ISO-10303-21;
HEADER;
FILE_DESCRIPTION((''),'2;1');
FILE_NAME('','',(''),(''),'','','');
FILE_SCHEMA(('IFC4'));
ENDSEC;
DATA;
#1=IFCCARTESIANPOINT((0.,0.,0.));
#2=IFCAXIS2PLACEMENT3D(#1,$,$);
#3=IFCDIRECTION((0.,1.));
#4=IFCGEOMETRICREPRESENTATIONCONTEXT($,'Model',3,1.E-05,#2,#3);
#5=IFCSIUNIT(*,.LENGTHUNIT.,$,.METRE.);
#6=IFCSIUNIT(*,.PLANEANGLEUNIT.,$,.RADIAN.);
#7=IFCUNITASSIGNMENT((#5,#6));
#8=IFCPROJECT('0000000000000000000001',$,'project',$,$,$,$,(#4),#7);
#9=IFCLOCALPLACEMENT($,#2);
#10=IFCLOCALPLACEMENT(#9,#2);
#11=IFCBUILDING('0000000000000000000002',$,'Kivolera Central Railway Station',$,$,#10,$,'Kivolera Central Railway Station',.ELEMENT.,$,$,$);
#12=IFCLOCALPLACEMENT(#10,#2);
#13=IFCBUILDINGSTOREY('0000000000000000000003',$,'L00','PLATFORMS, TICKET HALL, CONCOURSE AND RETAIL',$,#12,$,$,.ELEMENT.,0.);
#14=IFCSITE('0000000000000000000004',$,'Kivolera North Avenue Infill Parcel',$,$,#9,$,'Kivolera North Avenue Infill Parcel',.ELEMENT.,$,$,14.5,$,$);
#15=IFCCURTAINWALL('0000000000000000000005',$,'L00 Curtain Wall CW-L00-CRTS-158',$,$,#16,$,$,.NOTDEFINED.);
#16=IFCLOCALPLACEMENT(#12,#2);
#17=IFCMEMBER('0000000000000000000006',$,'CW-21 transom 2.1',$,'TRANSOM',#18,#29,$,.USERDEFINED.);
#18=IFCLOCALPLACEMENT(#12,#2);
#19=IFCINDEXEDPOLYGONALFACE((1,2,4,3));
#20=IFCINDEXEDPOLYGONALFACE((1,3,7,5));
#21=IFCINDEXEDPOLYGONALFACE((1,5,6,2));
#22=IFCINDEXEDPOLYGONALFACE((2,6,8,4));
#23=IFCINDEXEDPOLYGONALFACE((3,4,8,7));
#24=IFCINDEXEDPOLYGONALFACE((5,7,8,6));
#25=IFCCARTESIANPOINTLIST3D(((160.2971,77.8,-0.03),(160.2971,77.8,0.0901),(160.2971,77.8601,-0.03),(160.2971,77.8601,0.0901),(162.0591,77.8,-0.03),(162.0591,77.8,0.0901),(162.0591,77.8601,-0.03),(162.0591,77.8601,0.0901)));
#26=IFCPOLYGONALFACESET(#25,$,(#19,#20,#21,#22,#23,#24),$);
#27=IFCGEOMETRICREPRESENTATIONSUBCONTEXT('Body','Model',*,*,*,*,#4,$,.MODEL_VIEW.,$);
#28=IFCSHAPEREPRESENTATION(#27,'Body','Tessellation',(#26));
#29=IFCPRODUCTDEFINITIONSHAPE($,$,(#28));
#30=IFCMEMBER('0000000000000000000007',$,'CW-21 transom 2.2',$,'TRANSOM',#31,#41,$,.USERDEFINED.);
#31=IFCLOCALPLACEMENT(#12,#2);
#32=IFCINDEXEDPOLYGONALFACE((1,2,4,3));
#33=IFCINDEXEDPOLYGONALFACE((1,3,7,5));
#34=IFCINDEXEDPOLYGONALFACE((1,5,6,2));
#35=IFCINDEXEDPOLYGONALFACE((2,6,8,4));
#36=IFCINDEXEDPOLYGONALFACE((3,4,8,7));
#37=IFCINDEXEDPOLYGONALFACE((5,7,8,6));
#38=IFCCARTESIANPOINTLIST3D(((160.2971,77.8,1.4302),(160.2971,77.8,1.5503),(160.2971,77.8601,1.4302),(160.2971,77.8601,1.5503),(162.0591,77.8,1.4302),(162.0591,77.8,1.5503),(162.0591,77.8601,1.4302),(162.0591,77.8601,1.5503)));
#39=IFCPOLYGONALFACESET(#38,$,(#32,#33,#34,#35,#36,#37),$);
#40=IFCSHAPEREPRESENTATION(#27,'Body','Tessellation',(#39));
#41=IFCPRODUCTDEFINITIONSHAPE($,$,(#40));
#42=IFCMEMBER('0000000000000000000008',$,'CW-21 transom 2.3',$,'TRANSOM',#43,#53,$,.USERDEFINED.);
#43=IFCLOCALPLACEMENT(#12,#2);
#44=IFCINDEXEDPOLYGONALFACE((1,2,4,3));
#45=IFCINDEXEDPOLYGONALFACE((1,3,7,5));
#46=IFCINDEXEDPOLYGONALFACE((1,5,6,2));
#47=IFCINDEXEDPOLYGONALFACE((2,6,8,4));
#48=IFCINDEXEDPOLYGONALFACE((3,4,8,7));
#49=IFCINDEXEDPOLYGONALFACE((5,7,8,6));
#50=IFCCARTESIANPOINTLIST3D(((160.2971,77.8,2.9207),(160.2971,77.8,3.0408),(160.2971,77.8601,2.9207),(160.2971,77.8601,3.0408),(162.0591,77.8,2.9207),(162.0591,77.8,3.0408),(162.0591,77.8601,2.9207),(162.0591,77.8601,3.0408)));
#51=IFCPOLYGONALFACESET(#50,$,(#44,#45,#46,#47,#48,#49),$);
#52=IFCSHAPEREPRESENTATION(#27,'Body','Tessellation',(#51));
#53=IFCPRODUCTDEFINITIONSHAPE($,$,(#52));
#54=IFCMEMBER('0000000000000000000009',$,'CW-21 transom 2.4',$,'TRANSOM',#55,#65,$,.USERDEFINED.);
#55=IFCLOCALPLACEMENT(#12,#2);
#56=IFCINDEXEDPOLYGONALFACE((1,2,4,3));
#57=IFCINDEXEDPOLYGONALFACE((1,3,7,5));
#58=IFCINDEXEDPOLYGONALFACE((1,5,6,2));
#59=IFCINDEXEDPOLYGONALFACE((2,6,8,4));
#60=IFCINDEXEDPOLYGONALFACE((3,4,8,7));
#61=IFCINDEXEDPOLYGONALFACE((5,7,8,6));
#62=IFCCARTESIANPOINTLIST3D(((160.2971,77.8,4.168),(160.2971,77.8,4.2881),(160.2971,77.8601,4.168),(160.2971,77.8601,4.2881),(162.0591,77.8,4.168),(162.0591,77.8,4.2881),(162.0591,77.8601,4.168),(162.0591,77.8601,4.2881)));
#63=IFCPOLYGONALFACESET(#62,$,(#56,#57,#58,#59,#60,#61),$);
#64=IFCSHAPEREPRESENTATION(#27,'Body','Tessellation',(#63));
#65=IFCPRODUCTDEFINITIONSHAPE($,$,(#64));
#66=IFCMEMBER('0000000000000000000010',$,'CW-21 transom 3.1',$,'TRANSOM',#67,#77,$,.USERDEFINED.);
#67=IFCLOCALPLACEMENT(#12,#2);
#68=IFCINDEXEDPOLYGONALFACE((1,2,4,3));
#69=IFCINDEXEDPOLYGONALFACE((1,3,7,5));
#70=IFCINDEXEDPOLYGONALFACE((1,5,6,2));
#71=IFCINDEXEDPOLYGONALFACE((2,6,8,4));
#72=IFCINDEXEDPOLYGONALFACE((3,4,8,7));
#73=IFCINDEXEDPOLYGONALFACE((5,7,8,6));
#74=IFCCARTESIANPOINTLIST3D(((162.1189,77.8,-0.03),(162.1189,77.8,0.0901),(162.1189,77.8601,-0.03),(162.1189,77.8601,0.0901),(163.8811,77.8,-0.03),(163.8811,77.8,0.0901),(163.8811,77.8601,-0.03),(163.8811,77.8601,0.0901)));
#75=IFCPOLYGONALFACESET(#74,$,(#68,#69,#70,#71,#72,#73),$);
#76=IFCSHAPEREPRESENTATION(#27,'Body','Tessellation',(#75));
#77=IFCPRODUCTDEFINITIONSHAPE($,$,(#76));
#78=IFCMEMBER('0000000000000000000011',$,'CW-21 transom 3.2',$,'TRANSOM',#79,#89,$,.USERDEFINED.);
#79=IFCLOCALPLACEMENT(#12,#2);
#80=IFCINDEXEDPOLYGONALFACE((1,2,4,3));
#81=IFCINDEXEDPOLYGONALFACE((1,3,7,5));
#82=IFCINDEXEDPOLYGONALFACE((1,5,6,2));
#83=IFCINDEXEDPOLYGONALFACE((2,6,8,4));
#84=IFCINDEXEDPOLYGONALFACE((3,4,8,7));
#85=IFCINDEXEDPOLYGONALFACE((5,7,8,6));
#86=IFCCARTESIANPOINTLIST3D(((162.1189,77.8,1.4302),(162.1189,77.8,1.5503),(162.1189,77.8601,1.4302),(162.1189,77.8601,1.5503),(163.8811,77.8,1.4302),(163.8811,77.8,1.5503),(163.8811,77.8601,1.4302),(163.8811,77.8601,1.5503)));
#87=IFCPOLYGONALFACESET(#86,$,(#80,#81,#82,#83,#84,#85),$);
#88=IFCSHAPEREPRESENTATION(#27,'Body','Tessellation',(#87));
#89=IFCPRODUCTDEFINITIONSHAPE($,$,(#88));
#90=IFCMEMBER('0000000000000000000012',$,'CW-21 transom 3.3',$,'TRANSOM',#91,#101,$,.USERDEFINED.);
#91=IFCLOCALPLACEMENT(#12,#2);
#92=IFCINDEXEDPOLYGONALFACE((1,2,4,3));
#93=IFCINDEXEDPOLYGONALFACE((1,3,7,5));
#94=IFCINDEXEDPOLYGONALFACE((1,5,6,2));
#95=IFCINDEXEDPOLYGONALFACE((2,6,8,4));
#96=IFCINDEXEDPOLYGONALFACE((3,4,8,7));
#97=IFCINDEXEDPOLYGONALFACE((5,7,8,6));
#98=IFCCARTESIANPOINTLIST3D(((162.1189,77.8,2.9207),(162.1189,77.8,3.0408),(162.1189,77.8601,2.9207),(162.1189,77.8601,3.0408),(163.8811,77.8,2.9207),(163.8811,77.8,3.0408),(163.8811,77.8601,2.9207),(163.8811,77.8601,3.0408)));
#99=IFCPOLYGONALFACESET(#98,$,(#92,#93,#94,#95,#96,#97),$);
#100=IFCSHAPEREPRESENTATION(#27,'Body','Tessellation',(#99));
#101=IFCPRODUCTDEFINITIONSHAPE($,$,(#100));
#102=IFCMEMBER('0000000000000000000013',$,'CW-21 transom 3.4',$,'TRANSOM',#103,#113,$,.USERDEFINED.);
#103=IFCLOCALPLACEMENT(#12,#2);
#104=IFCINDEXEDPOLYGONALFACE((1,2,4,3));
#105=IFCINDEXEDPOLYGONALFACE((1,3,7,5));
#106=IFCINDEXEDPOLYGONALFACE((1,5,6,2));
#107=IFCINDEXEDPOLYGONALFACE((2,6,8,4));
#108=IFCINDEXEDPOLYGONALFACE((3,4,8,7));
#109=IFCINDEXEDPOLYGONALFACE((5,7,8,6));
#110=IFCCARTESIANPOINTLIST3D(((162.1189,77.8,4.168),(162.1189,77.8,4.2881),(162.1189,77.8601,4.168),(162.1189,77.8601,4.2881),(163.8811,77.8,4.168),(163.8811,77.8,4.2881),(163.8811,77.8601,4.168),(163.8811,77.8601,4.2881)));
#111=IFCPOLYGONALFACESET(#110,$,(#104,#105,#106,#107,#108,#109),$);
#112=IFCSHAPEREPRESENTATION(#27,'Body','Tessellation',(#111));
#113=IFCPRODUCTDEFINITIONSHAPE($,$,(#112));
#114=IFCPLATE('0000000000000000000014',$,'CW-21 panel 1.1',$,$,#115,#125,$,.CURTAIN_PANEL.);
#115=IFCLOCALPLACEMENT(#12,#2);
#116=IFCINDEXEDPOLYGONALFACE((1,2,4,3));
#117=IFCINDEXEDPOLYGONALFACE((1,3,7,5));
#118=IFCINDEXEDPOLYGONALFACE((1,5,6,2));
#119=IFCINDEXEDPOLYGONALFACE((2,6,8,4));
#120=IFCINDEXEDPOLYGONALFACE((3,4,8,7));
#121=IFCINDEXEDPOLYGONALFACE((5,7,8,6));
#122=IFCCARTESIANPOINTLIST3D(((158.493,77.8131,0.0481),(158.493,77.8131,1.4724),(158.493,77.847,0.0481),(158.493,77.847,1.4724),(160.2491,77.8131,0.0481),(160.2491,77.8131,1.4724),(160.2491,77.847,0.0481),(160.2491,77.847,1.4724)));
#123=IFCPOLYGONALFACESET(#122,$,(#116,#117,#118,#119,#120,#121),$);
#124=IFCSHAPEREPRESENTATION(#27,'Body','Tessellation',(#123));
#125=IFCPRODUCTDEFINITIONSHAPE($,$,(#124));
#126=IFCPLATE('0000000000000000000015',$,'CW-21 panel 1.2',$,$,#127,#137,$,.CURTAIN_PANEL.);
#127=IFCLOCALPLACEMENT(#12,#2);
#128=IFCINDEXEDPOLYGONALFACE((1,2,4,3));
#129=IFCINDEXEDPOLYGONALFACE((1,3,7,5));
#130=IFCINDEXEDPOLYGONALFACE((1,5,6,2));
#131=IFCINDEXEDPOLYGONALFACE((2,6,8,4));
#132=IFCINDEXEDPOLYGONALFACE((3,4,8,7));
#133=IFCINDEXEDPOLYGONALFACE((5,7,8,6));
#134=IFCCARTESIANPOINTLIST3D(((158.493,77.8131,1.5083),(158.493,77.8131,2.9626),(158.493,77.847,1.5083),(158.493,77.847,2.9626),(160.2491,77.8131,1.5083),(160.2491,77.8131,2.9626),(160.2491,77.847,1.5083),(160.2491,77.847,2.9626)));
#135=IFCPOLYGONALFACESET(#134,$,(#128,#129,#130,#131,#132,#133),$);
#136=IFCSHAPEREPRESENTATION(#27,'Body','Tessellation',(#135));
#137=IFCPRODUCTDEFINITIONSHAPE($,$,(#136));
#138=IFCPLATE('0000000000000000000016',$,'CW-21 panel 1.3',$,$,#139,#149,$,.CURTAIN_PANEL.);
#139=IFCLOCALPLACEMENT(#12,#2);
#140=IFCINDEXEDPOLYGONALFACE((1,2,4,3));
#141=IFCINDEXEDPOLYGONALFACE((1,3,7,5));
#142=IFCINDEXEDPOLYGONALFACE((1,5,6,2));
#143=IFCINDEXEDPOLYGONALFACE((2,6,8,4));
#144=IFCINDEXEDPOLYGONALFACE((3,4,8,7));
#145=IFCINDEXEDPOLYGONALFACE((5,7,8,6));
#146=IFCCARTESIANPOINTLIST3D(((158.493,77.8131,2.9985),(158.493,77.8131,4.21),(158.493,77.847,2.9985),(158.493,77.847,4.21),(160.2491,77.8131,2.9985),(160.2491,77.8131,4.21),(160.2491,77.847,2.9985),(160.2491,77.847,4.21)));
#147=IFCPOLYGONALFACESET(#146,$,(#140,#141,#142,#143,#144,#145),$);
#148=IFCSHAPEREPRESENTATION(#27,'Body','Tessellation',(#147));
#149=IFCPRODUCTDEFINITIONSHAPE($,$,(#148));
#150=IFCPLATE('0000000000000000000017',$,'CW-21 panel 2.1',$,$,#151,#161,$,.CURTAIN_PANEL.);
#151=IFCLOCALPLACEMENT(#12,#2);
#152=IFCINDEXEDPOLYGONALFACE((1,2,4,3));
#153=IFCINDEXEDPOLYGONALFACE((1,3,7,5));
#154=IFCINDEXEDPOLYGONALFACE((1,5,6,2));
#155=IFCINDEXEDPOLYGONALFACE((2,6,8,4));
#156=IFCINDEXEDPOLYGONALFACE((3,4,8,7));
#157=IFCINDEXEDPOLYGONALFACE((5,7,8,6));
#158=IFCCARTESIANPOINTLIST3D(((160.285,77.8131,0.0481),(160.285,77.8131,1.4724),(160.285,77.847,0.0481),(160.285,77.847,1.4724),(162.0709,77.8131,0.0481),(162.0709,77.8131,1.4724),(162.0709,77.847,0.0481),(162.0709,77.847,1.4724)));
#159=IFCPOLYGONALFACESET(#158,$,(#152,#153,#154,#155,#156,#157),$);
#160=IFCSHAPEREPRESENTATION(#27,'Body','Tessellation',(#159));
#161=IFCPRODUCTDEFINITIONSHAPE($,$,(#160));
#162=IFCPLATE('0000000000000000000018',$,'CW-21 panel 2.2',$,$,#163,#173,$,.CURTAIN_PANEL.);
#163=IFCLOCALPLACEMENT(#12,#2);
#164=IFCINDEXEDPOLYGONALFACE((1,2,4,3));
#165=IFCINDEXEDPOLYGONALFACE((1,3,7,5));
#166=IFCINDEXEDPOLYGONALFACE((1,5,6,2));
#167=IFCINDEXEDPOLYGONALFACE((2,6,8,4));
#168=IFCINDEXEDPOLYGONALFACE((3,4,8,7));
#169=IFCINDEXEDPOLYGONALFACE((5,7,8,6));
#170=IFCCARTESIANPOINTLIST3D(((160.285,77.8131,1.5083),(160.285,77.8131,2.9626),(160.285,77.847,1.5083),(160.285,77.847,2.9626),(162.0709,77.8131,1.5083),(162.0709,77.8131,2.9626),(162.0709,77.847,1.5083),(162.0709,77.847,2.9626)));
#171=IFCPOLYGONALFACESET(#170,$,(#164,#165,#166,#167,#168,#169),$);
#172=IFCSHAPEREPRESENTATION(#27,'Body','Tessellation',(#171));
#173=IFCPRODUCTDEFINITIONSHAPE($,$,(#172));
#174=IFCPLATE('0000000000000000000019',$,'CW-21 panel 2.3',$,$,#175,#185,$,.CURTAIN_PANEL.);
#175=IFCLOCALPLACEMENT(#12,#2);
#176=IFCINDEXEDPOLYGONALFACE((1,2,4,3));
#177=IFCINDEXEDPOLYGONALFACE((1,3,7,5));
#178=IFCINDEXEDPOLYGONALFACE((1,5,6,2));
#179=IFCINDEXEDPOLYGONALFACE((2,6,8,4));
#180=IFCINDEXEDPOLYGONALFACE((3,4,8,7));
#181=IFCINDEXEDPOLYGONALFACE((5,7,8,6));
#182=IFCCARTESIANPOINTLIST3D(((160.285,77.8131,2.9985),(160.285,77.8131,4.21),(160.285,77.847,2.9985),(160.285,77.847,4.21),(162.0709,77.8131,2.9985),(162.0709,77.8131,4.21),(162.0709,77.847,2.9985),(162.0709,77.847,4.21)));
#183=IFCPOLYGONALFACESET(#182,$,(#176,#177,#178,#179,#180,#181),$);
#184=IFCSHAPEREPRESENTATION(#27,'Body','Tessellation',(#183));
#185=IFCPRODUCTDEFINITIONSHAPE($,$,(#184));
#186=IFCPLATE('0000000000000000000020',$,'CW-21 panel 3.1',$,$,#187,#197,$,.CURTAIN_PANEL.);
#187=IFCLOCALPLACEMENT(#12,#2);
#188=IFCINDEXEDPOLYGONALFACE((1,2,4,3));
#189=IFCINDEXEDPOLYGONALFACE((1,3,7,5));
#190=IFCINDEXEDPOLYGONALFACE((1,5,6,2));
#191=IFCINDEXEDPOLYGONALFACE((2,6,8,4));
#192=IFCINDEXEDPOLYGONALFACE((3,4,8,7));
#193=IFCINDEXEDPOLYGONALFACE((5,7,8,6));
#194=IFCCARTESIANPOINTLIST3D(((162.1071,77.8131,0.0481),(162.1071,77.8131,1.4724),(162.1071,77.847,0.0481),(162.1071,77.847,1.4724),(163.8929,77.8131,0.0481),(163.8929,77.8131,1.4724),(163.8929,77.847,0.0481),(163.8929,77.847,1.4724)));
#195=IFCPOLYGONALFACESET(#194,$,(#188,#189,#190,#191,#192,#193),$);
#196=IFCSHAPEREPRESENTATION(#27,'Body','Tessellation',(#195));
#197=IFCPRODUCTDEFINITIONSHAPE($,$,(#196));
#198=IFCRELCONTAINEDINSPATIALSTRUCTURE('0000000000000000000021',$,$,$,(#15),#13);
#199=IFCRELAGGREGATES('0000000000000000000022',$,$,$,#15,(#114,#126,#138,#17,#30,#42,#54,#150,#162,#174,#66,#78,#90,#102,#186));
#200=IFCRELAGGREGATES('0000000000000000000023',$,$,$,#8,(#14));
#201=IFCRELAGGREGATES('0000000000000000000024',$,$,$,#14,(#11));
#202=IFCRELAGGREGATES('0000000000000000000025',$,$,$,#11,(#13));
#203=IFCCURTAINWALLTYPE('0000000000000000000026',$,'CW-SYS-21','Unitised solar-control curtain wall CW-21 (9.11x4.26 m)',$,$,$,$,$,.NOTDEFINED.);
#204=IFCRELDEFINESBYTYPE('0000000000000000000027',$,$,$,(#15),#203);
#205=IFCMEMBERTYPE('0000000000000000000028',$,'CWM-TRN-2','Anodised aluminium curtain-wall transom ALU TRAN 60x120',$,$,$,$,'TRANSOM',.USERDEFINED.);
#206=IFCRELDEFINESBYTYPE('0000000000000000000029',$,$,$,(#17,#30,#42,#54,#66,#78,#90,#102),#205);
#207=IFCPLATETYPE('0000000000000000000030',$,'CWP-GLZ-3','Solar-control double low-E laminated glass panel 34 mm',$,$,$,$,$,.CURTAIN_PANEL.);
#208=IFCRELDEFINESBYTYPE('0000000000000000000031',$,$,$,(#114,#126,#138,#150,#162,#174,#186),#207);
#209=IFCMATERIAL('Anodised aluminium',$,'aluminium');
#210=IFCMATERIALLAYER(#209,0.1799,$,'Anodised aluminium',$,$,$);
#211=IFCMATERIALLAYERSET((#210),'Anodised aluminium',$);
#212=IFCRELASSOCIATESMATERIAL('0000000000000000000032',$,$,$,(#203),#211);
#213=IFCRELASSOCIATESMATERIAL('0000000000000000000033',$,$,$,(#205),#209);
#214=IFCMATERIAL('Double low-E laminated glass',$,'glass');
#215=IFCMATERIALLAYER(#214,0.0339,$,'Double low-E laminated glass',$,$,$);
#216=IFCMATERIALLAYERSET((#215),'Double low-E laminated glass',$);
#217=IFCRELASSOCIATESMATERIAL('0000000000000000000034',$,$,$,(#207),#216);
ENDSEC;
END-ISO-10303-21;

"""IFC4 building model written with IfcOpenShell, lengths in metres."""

from ifc_helpers import new_model, si_unit, direction, frame, origin, origin_2d, place, context, subcontext, project, spatial, rectangle, extrude, material, layer, layer_set, material_profile, profile_set, type_object, element, aggregate, save


model = new_model("IFC4")

# Units and contexts
model_context = context("Model", 3, precision=1e-05, world=origin(), true_north=direction((0.0, 1.0)))
body_context = subcontext(model_context, "Body", "Model", "MODEL_VIEW")
ifc_project = project(units=[si_unit("LENGTHUNIT", "METRE"), si_unit("PLANEANGLEUNIT", "RADIAN")], contexts=[model_context])

# Site, building, storey
site_placement = place(None, origin())
site = spatial("IfcSite", under=ifc_project, at=site_placement, Name="Kivolera North Avenue Infill Parcel", LongName="Kivolera North Avenue Infill Parcel", CompositionType="ELEMENT", RefElevation=14.5)
building_placement = place(site_placement, origin())
building = spatial("IfcBuilding", under=site, at=building_placement, Name="Kivolera Central Railway Station", LongName="Kivolera Central Railway Station", CompositionType="ELEMENT")
storey_placement = place(building_placement, origin())
storey = spatial("IfcBuildingStorey", under=building, at=storey_placement, Name="L00", Description="PLATFORMS, TICKET HALL, CONCOURSE AND RETAIL", CompositionType="ELEMENT", Elevation=0.0)

# Curtain wall, members, plates
ifc_material_1 = material(Name="Anodised aluminium", Category="aluminium")
ifc_layer_1 = layer(ifc_material_1, 0.1799, Name="Anodised aluminium")
ifc_layer_set_1 = layer_set([ifc_layer_1], Name="Anodised aluminium")
curtain_wall_type = type_object("IfcCurtainWallType", Name="CW-SYS-21", Description="Unitised solar-control curtain wall CW-21 (9.11x4.26 m)", PredefinedType="NOTDEFINED", material=ifc_layer_set_1)
curtain_wall_placement = place(storey_placement, origin())
curtain_wall = element("IfcCurtainWall", 1, at=curtain_wall_placement, inside=storey, type_object=curtain_wall_type, Name="L00 Curtain Wall CW-L00-CRTS-158", PredefinedType="NOTDEFINED")
ifc_material_profile_1 = material_profile(ifc_material_1, rectangle(XDim=0.0601, YDim=0.1201, at=origin_2d()), Name="ALU TRAN 60x120")
ifc_profile_set_1 = profile_set([ifc_material_profile_1], Name="Anodised aluminium")
member_type_1 = type_object("IfcMemberType", Name="CWM-TRN-2", Description="Anodised aluminium curtain-wall transom ALU TRAN 60x120", ElementType="TRANSOM", PredefinedType="USERDEFINED", material=ifc_profile_set_1)
member_1_placement = place(storey_placement, frame((160.2971, 77.8301, 0.03), z_axis=(1.0, 0.0, 0.0), x_axis=(0.0, 1.0, 0.0)))
member_1 = element("IfcMember", 2, at=member_1_placement, type_object=member_type_1, Name="CW-21 transom 2.1", ObjectType="TRANSOM", PredefinedType="USERDEFINED", context=body_context, shape_type="SweptSolid", body=[
    extrude(rectangle(XDim=0.0601, YDim=0.1201, at=origin_2d()), origin(), (0.0, 0.0, 1.0), 1.762),
])
member_2_placement = place(storey_placement, frame((160.2971, 77.8301, 1.4902), z_axis=(1.0, 0.0, 0.0), x_axis=(0.0, 1.0, 0.0)))
member_2 = element("IfcMember", 3, at=member_2_placement, type_object=member_type_1, Name="CW-21 transom 2.2", ObjectType="TRANSOM", PredefinedType="USERDEFINED", context=body_context, shape_type="SweptSolid", body=[
    extrude(rectangle(XDim=0.0601, YDim=0.1201, at=origin_2d()), origin(), (0.0, 0.0, 1.0), 1.762),
])
member_3_placement = place(storey_placement, frame((160.2971, 77.8301, 2.9807), z_axis=(1.0, 0.0, 0.0), x_axis=(0.0, 1.0, 0.0)))
member_3 = element("IfcMember", 4, at=member_3_placement, type_object=member_type_1, Name="CW-21 transom 2.3", ObjectType="TRANSOM", PredefinedType="USERDEFINED", context=body_context, shape_type="SweptSolid", body=[
    extrude(rectangle(XDim=0.0601, YDim=0.1201, at=origin_2d()), origin(), (0.0, 0.0, 1.0), 1.762),
])
member_4_placement = place(storey_placement, frame((160.2971, 77.8301, 4.228), z_axis=(1.0, 0.0, 0.0), x_axis=(0.0, 1.0, 0.0)))
member_4 = element("IfcMember", 5, at=member_4_placement, type_object=member_type_1, Name="CW-21 transom 2.4", ObjectType="TRANSOM", PredefinedType="USERDEFINED", context=body_context, shape_type="SweptSolid", body=[
    extrude(rectangle(XDim=0.0601, YDim=0.1201, at=origin_2d()), origin(), (0.0, 0.0, 1.0), 1.762),
])
member_5_placement = place(storey_placement, frame((162.1189, 77.8301, 0.03), z_axis=(1.0, 0.0, 0.0), x_axis=(0.0, 1.0, 0.0)))
member_5 = element("IfcMember", 6, at=member_5_placement, type_object=member_type_1, Name="CW-21 transom 3.1", ObjectType="TRANSOM", PredefinedType="USERDEFINED", context=body_context, shape_type="SweptSolid", body=[
    extrude(rectangle(XDim=0.0601, YDim=0.1201, at=origin_2d()), origin(), (0.0, 0.0, 1.0), 1.7622),
])
member_6_placement = place(storey_placement, frame((162.1189, 77.8301, 1.4902), z_axis=(1.0, 0.0, 0.0), x_axis=(0.0, 1.0, 0.0)))
member_6 = element("IfcMember", 7, at=member_6_placement, type_object=member_type_1, Name="CW-21 transom 3.2", ObjectType="TRANSOM", PredefinedType="USERDEFINED", context=body_context, shape_type="SweptSolid", body=[
    extrude(rectangle(XDim=0.0601, YDim=0.1201, at=origin_2d()), origin(), (0.0, 0.0, 1.0), 1.7622),
])
member_7_placement = place(storey_placement, frame((162.1189, 77.8301, 2.9807), z_axis=(1.0, 0.0, 0.0), x_axis=(0.0, 1.0, 0.0)))
member_7 = element("IfcMember", 8, at=member_7_placement, type_object=member_type_1, Name="CW-21 transom 3.3", ObjectType="TRANSOM", PredefinedType="USERDEFINED", context=body_context, shape_type="SweptSolid", body=[
    extrude(rectangle(XDim=0.0601, YDim=0.1201, at=origin_2d()), origin(), (0.0, 0.0, 1.0), 1.7622),
])
member_8_placement = place(storey_placement, frame((162.1189, 77.8301, 4.228), z_axis=(1.0, 0.0, 0.0), x_axis=(0.0, 1.0, 0.0)))
member_8 = element("IfcMember", 9, at=member_8_placement, type_object=member_type_1, Name="CW-21 transom 3.4", ObjectType="TRANSOM", PredefinedType="USERDEFINED", context=body_context, shape_type="SweptSolid", body=[
    extrude(rectangle(XDim=0.0601, YDim=0.1201, at=origin_2d()), origin(), (0.0, 0.0, 1.0), 1.7622),
])
ifc_material_2 = material(Name="Double low-E laminated glass", Category="glass")
ifc_layer_2 = layer(ifc_material_2, 0.0339, Name="Double low-E laminated glass")
ifc_layer_set_2 = layer_set([ifc_layer_2], Name="Double low-E laminated glass")
plate_type = type_object("IfcPlateType", Name="CWP-GLZ-3", Description="Solar-control double low-E laminated glass panel 34 mm", PredefinedType="CURTAIN_PANEL", material=ifc_layer_set_2)
plate_1_placement = place(storey_placement, frame((159.3711, 77.8301, 0.0481), z_axis=(0.0, 0.0, 1.0), x_axis=(1.0, 0.0, 0.0)))
plate_1 = element("IfcPlate", 10, at=plate_1_placement, type_object=plate_type, Name="CW-21 panel 1.1", PredefinedType="CURTAIN_PANEL", context=body_context, shape_type="SweptSolid", body=[
    extrude(rectangle(XDim=1.7561, YDim=0.0339, at=origin_2d()), origin(), (0.0, 0.0, 1.0), 1.4243),
])
plate_2_placement = place(storey_placement, frame((159.3711, 77.8301, 1.5083), z_axis=(0.0, 0.0, 1.0), x_axis=(1.0, 0.0, 0.0)))
plate_2 = element("IfcPlate", 11, at=plate_2_placement, type_object=plate_type, Name="CW-21 panel 1.2", PredefinedType="CURTAIN_PANEL", context=body_context, shape_type="SweptSolid", body=[
    extrude(rectangle(XDim=1.7561, YDim=0.0339, at=origin_2d()), origin(), (0.0, 0.0, 1.0), 1.4543),
])
plate_3_placement = place(storey_placement, frame((159.3711, 77.8301, 2.9985), z_axis=(0.0, 0.0, 1.0), x_axis=(1.0, 0.0, 0.0)))
plate_3 = element("IfcPlate", 12, at=plate_3_placement, type_object=plate_type, Name="CW-21 panel 1.3", PredefinedType="CURTAIN_PANEL", context=body_context, shape_type="SweptSolid", body=[
    extrude(rectangle(XDim=1.7561, YDim=0.0339, at=origin_2d()), origin(), (0.0, 0.0, 1.0), 1.2114),
])
plate_4_placement = place(storey_placement, frame((161.178, 77.8301, 0.0481), z_axis=(0.0, 0.0, 1.0), x_axis=(1.0, 0.0, 0.0)))
plate_4 = element("IfcPlate", 13, at=plate_4_placement, type_object=plate_type, Name="CW-21 panel 2.1", PredefinedType="CURTAIN_PANEL", context=body_context, shape_type="SweptSolid", body=[
    extrude(rectangle(XDim=1.7859, YDim=0.0339, at=origin_2d()), origin(), (0.0, 0.0, 1.0), 1.4243),
])
plate_5_placement = place(storey_placement, frame((161.178, 77.8301, 1.5083), z_axis=(0.0, 0.0, 1.0), x_axis=(1.0, 0.0, 0.0)))
plate_5 = element("IfcPlate", 14, at=plate_5_placement, type_object=plate_type, Name="CW-21 panel 2.2", PredefinedType="CURTAIN_PANEL", context=body_context, shape_type="SweptSolid", body=[
    extrude(rectangle(XDim=1.7859, YDim=0.0339, at=origin_2d()), origin(), (0.0, 0.0, 1.0), 1.4543),
])
plate_6_placement = place(storey_placement, frame((161.178, 77.8301, 2.9985), z_axis=(0.0, 0.0, 1.0), x_axis=(1.0, 0.0, 0.0)))
plate_6 = element("IfcPlate", 15, at=plate_6_placement, type_object=plate_type, Name="CW-21 panel 2.3", PredefinedType="CURTAIN_PANEL", context=body_context, shape_type="SweptSolid", body=[
    extrude(rectangle(XDim=1.7859, YDim=0.0339, at=origin_2d()), origin(), (0.0, 0.0, 1.0), 1.2114),
])
plate_7_placement = place(storey_placement, frame((163.0, 77.8301, 0.0481), z_axis=(0.0, 0.0, 1.0), x_axis=(1.0, 0.0, 0.0)))
plate_7 = element("IfcPlate", 16, at=plate_7_placement, type_object=plate_type, Name="CW-21 panel 3.1", PredefinedType="CURTAIN_PANEL", context=body_context, shape_type="SweptSolid", body=[
    extrude(rectangle(XDim=1.7859, YDim=0.0339, at=origin_2d()), origin(), (0.0, 0.0, 1.0), 1.4243),
])
aggregate(curtain_wall, [plate_1, plate_2, plate_3, member_1, member_2, member_3, member_4, plate_4, plate_5, plate_6, member_5, member_6, member_7, member_8, plate_7])

save(model, "model.ifc")
